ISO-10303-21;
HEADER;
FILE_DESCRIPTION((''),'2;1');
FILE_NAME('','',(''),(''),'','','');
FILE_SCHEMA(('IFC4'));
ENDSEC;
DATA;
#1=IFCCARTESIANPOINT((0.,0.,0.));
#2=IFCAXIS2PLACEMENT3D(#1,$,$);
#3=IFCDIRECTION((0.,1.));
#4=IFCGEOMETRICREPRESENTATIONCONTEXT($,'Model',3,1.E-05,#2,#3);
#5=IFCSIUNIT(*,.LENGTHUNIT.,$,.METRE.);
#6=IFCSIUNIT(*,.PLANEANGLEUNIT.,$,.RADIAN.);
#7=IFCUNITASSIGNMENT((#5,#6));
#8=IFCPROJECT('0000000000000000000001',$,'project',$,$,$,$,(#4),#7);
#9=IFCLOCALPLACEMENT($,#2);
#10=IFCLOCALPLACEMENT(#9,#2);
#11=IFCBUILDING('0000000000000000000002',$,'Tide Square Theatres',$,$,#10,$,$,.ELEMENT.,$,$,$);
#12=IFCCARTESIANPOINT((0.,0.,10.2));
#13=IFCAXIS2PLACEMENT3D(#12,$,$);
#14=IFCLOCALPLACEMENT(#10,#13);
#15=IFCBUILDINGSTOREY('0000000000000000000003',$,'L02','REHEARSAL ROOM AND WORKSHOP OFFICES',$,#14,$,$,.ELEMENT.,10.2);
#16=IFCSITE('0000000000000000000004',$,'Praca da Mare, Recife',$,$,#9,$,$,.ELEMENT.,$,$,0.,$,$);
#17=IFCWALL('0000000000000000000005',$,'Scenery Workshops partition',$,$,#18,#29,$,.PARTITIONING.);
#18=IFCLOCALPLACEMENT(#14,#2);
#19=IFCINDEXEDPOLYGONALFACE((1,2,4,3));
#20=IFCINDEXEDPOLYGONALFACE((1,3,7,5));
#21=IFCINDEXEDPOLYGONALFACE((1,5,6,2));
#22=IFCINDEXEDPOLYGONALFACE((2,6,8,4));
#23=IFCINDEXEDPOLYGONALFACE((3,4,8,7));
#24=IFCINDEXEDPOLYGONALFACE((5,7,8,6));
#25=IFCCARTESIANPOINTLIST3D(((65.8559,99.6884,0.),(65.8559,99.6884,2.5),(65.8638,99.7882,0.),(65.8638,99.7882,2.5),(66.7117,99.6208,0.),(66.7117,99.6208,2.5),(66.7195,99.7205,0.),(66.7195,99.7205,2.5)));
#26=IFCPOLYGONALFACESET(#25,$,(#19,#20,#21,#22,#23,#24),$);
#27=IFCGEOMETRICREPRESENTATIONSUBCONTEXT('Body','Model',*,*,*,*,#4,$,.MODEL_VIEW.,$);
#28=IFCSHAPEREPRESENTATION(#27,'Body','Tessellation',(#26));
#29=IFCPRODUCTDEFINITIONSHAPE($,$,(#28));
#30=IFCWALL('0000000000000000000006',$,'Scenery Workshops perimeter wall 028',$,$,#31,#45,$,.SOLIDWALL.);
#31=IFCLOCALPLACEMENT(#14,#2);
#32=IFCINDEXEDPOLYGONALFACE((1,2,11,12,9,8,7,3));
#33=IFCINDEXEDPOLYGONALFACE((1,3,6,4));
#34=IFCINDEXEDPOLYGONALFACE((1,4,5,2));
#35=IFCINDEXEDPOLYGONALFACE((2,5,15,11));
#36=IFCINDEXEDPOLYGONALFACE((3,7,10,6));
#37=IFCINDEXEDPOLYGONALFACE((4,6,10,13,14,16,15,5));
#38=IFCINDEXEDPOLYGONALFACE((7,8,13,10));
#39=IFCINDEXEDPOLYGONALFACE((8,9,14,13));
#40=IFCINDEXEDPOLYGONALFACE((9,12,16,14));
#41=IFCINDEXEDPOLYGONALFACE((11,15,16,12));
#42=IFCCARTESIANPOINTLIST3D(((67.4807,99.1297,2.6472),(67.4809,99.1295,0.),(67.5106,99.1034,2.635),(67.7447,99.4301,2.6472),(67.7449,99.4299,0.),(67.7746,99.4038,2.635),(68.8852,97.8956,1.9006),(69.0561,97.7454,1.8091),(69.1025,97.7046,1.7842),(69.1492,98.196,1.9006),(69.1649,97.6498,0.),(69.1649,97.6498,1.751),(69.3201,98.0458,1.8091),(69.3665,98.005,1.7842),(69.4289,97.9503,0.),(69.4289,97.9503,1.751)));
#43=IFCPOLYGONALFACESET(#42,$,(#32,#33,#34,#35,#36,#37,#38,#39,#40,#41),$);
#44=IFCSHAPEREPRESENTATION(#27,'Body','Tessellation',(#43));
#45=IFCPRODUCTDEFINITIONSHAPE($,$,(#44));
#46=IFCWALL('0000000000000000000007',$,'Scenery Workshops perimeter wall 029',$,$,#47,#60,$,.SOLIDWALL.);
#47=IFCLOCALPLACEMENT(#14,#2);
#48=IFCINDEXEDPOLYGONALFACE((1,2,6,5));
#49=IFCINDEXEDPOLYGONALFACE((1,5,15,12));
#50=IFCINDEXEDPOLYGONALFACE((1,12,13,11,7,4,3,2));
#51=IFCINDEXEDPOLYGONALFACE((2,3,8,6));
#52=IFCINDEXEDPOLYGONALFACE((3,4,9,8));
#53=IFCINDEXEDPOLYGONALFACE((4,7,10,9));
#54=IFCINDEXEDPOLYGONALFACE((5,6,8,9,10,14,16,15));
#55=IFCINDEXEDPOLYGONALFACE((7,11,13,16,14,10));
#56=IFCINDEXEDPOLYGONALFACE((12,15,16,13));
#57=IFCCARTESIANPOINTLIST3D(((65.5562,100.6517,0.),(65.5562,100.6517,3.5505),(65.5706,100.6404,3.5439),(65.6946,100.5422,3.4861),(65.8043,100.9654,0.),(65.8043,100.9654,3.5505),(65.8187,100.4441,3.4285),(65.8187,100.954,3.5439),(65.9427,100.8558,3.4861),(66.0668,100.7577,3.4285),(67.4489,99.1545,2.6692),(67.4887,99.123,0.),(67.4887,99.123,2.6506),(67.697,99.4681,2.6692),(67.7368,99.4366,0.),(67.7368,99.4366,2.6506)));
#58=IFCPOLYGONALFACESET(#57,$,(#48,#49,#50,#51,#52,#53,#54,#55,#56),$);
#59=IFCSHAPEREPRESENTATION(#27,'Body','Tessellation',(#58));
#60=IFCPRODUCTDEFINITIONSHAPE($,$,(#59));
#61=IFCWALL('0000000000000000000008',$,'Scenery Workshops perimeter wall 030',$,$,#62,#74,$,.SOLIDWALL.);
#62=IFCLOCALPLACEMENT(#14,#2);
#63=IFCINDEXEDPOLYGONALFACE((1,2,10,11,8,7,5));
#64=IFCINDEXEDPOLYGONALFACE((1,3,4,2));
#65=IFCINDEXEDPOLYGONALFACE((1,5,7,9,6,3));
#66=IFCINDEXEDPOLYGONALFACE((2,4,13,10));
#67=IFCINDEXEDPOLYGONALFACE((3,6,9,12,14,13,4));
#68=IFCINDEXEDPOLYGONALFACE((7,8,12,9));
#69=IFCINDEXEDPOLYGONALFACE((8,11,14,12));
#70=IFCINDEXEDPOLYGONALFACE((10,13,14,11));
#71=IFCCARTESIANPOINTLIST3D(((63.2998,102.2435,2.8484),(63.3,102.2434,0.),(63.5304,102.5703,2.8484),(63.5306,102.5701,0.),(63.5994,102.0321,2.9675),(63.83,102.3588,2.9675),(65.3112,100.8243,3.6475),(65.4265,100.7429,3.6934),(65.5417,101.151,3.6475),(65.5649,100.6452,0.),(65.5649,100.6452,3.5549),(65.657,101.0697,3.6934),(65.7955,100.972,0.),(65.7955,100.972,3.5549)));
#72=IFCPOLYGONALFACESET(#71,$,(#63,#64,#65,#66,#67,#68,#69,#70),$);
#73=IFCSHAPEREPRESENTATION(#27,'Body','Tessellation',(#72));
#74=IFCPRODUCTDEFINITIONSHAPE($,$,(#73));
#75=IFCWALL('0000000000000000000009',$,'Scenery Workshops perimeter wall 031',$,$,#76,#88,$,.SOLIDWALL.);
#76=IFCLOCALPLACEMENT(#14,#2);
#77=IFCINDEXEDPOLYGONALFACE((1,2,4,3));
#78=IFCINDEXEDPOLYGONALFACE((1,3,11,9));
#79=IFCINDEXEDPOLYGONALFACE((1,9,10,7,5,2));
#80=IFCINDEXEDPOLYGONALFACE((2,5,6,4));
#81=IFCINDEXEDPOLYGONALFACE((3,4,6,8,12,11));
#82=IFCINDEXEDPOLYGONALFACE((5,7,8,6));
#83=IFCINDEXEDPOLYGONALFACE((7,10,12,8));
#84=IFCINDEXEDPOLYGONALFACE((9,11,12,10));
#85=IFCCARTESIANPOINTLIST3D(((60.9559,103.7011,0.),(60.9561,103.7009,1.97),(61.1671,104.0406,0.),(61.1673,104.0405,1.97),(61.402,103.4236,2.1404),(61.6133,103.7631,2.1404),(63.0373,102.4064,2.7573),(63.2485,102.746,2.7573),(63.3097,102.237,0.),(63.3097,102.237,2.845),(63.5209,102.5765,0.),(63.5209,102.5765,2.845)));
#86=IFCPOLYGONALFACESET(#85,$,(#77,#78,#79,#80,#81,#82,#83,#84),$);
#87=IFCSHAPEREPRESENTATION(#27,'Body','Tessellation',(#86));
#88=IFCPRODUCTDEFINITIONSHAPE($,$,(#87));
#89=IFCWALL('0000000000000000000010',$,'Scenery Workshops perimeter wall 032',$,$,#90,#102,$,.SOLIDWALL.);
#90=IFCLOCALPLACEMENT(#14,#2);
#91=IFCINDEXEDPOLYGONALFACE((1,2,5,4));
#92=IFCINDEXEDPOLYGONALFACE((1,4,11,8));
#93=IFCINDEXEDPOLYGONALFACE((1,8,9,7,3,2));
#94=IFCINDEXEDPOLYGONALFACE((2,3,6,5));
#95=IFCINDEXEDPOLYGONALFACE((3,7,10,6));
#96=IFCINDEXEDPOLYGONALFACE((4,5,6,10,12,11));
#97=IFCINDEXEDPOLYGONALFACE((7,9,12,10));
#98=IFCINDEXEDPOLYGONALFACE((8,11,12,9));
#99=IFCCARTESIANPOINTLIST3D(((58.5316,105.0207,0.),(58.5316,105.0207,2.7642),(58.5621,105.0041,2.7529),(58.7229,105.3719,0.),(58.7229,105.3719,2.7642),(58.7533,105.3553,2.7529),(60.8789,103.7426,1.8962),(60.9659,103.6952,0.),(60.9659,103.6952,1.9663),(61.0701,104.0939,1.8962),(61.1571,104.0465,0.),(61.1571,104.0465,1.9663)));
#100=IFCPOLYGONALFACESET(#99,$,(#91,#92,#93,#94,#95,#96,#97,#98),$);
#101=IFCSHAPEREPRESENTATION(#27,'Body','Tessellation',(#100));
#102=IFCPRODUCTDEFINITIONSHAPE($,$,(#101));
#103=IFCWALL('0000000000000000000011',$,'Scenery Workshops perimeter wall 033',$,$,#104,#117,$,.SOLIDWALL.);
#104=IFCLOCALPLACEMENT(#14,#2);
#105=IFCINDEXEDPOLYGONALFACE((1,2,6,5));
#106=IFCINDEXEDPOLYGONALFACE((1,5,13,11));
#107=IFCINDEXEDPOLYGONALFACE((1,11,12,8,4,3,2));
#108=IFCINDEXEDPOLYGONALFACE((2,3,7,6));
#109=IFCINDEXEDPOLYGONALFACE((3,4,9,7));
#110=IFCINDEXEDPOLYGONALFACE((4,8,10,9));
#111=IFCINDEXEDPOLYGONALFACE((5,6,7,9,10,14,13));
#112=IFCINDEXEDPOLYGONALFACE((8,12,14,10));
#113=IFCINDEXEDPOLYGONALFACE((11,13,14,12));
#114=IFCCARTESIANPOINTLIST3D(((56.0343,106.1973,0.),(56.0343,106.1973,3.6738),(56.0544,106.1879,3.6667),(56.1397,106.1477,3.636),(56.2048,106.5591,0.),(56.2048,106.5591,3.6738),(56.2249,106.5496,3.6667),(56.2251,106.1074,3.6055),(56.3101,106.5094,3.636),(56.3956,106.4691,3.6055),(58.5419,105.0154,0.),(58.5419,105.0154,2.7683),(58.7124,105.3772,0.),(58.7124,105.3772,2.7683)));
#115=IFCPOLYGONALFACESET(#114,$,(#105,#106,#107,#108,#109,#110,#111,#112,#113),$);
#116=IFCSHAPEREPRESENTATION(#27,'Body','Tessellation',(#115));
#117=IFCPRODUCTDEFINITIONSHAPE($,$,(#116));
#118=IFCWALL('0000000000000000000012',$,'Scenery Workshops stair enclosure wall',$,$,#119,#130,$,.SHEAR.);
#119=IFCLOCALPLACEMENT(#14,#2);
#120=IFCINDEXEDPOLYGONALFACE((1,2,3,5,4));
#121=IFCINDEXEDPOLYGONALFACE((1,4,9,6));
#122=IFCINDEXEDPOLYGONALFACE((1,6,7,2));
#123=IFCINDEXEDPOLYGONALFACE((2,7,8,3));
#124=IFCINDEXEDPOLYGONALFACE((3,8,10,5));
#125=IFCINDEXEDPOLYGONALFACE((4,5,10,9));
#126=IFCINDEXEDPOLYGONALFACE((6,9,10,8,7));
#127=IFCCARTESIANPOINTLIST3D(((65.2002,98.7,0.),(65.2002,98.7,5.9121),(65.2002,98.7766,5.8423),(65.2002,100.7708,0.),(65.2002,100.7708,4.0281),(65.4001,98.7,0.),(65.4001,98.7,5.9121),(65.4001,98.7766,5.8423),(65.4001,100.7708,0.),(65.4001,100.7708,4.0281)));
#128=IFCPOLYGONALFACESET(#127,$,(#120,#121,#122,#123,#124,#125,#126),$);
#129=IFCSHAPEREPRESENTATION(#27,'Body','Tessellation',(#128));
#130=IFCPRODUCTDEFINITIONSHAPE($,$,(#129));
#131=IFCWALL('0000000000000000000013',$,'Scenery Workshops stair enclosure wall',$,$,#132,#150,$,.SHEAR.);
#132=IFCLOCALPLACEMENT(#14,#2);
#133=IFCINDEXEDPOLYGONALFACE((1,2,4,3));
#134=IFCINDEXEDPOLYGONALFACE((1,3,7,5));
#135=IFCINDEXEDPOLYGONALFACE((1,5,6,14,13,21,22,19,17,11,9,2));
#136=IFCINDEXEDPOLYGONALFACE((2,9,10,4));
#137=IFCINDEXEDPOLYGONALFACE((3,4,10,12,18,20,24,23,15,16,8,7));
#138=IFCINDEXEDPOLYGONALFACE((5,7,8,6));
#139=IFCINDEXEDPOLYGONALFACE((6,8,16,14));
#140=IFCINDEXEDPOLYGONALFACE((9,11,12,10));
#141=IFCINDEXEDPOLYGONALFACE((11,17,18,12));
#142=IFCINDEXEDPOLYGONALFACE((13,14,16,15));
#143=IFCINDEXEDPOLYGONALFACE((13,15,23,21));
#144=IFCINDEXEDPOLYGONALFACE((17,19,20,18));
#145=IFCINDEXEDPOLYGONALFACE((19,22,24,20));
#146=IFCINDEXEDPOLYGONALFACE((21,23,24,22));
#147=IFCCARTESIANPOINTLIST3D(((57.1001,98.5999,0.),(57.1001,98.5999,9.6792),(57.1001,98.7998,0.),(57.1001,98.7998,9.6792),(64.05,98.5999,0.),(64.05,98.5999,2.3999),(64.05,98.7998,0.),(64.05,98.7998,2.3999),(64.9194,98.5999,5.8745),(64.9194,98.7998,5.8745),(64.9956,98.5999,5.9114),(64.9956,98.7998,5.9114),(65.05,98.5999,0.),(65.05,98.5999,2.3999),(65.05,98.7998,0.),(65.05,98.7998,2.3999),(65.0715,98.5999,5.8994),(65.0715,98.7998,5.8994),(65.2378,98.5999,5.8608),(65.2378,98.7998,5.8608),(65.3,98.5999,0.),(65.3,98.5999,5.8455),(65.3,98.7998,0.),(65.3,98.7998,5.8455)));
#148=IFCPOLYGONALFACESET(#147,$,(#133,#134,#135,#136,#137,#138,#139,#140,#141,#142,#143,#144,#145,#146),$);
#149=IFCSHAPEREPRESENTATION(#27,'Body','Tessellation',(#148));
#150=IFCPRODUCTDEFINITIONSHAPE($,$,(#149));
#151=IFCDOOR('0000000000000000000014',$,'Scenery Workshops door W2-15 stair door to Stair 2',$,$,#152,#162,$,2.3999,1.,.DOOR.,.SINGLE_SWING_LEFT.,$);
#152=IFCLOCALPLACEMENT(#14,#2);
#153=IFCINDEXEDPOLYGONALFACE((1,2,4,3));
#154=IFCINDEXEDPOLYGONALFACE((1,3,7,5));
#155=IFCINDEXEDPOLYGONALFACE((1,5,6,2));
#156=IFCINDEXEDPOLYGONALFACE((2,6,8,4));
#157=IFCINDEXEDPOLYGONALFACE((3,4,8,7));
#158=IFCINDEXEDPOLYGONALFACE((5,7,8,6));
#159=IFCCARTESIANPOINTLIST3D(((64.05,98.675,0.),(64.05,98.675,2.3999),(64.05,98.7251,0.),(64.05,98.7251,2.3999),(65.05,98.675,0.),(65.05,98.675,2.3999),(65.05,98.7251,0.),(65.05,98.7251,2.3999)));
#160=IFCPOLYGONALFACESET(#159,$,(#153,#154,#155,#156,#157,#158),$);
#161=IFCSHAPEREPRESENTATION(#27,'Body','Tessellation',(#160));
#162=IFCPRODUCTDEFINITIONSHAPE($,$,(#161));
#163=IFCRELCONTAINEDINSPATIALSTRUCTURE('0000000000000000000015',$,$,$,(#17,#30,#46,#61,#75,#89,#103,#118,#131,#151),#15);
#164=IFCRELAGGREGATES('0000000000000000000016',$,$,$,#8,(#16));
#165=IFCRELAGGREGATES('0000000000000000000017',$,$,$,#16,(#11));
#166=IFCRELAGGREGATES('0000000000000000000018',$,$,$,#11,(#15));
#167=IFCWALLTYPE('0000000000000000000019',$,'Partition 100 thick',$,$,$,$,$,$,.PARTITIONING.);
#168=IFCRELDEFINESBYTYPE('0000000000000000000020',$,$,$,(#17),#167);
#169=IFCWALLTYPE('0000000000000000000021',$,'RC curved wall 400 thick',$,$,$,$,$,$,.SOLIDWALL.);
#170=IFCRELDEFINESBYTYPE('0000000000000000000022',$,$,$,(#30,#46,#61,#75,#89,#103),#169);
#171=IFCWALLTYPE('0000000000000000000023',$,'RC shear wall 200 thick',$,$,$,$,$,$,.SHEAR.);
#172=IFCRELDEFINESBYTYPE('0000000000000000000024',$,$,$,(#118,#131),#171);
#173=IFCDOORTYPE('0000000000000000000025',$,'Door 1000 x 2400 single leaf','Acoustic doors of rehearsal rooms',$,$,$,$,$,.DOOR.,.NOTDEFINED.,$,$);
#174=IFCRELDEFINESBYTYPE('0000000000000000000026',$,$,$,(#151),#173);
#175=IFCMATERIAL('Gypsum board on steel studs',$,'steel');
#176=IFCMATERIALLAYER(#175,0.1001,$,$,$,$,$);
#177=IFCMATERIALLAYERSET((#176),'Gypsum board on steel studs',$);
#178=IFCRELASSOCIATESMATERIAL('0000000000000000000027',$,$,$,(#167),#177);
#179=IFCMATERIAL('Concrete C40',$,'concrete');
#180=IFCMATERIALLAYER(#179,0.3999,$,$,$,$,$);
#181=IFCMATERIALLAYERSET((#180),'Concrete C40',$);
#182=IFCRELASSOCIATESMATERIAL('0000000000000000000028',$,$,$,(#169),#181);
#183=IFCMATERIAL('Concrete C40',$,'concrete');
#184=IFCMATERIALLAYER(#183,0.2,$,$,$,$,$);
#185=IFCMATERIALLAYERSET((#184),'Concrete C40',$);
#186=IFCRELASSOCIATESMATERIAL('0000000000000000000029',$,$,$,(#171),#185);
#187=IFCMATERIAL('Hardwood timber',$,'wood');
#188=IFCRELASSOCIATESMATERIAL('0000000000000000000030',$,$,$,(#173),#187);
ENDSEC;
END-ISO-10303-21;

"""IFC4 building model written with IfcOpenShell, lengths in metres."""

from ifc_helpers import new_model, si_unit, direction, frame, frame_2d, origin, place, context, subcontext, project, spatial, polyline, rectangle, outline, extrude, material, layer, layer_set, type_object, element, fill, save


model = new_model("IFC4")

# Units and contexts
model_context = context("Model", 3, precision=1e-05, world=origin(), true_north=direction((0.0, 1.0)))
body_context = subcontext(model_context, "Body", "Model", "MODEL_VIEW")
ifc_project = project(units=[si_unit("LENGTHUNIT", "METRE"), si_unit("PLANEANGLEUNIT", "RADIAN")], contexts=[model_context])

# Site, building, storey
site_placement = place(None, origin())
site = spatial("IfcSite", under=ifc_project, at=site_placement, Name="Praca da Mare, Recife", CompositionType="ELEMENT", RefElevation=0.0)
building_placement = place(site_placement, origin())
building = spatial("IfcBuilding", under=site, at=building_placement, Name="Tide Square Theatres", CompositionType="ELEMENT")
storey_placement = place(building_placement, frame((0.0, 0.0, 10.2)))
storey = spatial("IfcBuildingStorey", under=building, at=storey_placement, Name="L02", Description="REHEARSAL ROOM AND WORKSHOP OFFICES", CompositionType="ELEMENT", Elevation=10.2)

# Shared definitions
ifc_material_1 = material(Name="Gypsum board on steel studs", Category="steel")
ifc_layer_1 = layer(ifc_material_1, 0.1001)
ifc_layer_set_1 = layer_set([ifc_layer_1], Name="Gypsum board on steel studs")
wall_type_1 = type_object("IfcWallType", Name="Partition 100 thick", PredefinedType="PARTITIONING", material=ifc_layer_set_1)

# Walls
wall_1_placement = place(storey_placement, frame((65.8599, 99.7383, 0.0), z_axis=(0.0, 0.0, 1.0), x_axis=(0.996892, -0.078784, 0.0)))
element("IfcWall", 1, at=wall_1_placement, inside=storey, type_object=wall_type_1, Name="Scenery Workshops partition", PredefinedType="PARTITIONING", context=body_context, shape_type="SweptSolid", body=[
    extrude(rectangle(XDim=0.8584, YDim=0.1001, at=frame_2d((0.4292, 0.0))), origin(), (0.0, 0.0, 1.0), 2.5),
])
ifc_material_2 = material(Name="Concrete C40", Category="concrete")
ifc_layer_2 = layer(ifc_material_2, 0.3999)
ifc_layer_set_2 = layer_set([ifc_layer_2], Name="Concrete C40")
wall_type_2 = type_object("IfcWallType", Name="RC curved wall 400 thick", PredefinedType="SOLIDWALL", material=ifc_layer_set_2)
wall_2_placement = place(storey_placement, frame((69.2969, 97.8, 0.0), z_axis=(0.0, 0.0, 1.0), x_axis=(-0.751212, 0.660061, 0.0)))
element("IfcWall", 2, at=wall_2_placement, inside=storey, type_object=wall_type_2, Name="Scenery Workshops perimeter wall 028", PredefinedType="SOLIDWALL", context=body_context, shape_type="SweptSolid", body=[
    extrude(outline(polyline([(0.0, 0.0), (2.2417, 0.0), (2.2419, 2.6472), (2.2021, 2.635), (0.3723, 1.9006), (0.1448, 1.8091), (0.083, 1.7842), (0.0, 1.751), (0.0, 0.0)])), frame((0.0, 0.2, 0.0), z_axis=(0.0, -1.0, 0.0), x_axis=(1.0, 0.0, 0.0)), (0.0, 0.0, 1.0), 0.3999),
])
wall_3_placement = place(storey_placement, frame((67.6128, 99.2798, 0.0), z_axis=(0.0, 0.0, 1.0), x_axis=(-0.784279, 0.620409, 0.0)))
element("IfcWall", 3, at=wall_3_placement, inside=storey, type_object=wall_type_2, Name="Scenery Workshops perimeter wall 029", PredefinedType="SOLIDWALL", context=body_context, shape_type="SweptSolid", body=[
    extrude(outline(polyline([(0.0, 0.0), (2.4641, 0.0), (2.4641, 3.5505), (2.4458, 3.5439), (2.2876, 3.4861), (2.1294, 3.4285), (0.0508, 2.6692), (0.0, 2.6506), (0.0, 0.0)])), frame((0.0, 0.2, 0.0), z_axis=(0.0, -1.0, 0.0), x_axis=(1.0, 0.0, 0.0)), (0.0, 0.0, 1.0), 0.3999),
])
wall_4_placement = place(storey_placement, frame((65.6802, 100.8086, 0.0), z_axis=(0.0, 0.0, 1.0), x_axis=(-0.81707, 0.576538, 0.0)))
element("IfcWall", 4, at=wall_4_placement, inside=storey, type_object=wall_type_2, Name="Scenery Workshops perimeter wall 030", PredefinedType="SOLIDWALL", context=body_context, shape_type="SweptSolid", body=[
    extrude(outline(polyline([(0.0, 0.0), (2.772, 0.0), (2.7722, 2.8484), (2.4055, 2.9675), (0.3105, 3.6475), (0.1694, 3.6934), (0.0, 3.5549), (0.0, 0.0)])), frame((0.0, 0.2, 0.0), z_axis=(0.0, -1.0, 0.0), x_axis=(1.0, 0.0, 0.0)), (0.0, 0.0, 1.0), 0.3999),
])
wall_5_placement = place(storey_placement, frame((63.4153, 102.4067, 0.0), z_axis=(0.0, 0.0, 1.0), x_axis=(-0.849129, 0.528185, 0.0)))
element("IfcWall", 5, at=wall_5_placement, inside=storey, type_object=wall_type_2, Name="Scenery Workshops perimeter wall 031", PredefinedType="SOLIDWALL", context=body_context, shape_type="SweptSolid", body=[
    extrude(outline(polyline([(0.0, 0.0), (2.772, 0.0), (2.7717, 1.97), (2.2466, 2.1404), (0.3208, 2.7573), (0.0, 2.845), (0.0, 0.0)])), frame((0.0, 0.2, 0.0), z_axis=(0.0, -1.0, 0.0), x_axis=(1.0, 0.0, 0.0)), (0.0, 0.0, 1.0), 0.3999),
])
wall_6_placement = place(storey_placement, frame((61.0615, 103.8708, 0.0), z_axis=(0.0, 0.0, 1.0), x_axis=(-0.878256, 0.478192, 0.0)))
element("IfcWall", 6, at=wall_6_placement, inside=storey, type_object=wall_type_2, Name="Scenery Workshops perimeter wall 032", PredefinedType="SOLIDWALL", context=body_context, shape_type="SweptSolid", body=[
    extrude(outline(polyline([(0.0, 0.0), (2.7717, 0.0), (2.7717, 2.7642), (2.7371, 2.7529), (0.0991, 1.8962), (0.0, 1.9663), (0.0, 0.0)])), frame((0.0, 0.2, 0.0), z_axis=(0.0, -1.0, 0.0), x_axis=(1.0, 0.0, 0.0)), (0.0, 0.0, 1.0), 0.3999),
])
wall_7_placement = place(storey_placement, frame((58.6272, 105.1963, 0.0), z_axis=(0.0, 0.0, 1.0), x_axis=(-0.904561, 0.426344, 0.0)))
element("IfcWall", 7, at=wall_7_placement, inside=storey, type_object=wall_type_2, Name="Scenery Workshops perimeter wall 033", PredefinedType="SOLIDWALL", context=body_context, shape_type="SweptSolid", body=[
    extrude(outline(polyline([(0.0, 0.0), (2.7722, 0.0), (2.7722, 3.6738), (2.75, 3.6667), (2.6558, 3.636), (2.5613, 3.6055), (0.0, 2.7683), (0.0, 0.0)])), frame((0.0, 0.2, 0.0), z_axis=(0.0, -1.0, 0.0), x_axis=(1.0, 0.0, 0.0)), (0.0, 0.0, 1.0), 0.3999),
])
ifc_material_3 = material(Name="Concrete C40", Category="concrete")
ifc_layer_3 = layer(ifc_material_3, 0.2)
ifc_layer_set_3 = layer_set([ifc_layer_3], Name="Concrete C40")
wall_type_3 = type_object("IfcWallType", Name="RC shear wall 200 thick", PredefinedType="SHEAR", material=ifc_layer_set_3)
wall_8_placement = place(storey_placement, frame((65.3, 100.7708, 0.0), z_axis=(0.0, 0.0, 1.0), x_axis=(0.0, -1.0, 0.0)))
element("IfcWall", 8, at=wall_8_placement, inside=storey, type_object=wall_type_3, Name="Scenery Workshops stair enclosure wall", PredefinedType="SHEAR", context=body_context, shape_type="SweptSolid", body=[
    extrude(outline(polyline([(0.0, 0.0), (2.0708, 0.0), (2.0708, 5.9121), (1.9941, 5.8423), (0.0, 4.0281), (0.0, 0.0)])), frame((0.0, 0.1001, 0.0), z_axis=(0.0, -1.0, 0.0), x_axis=(1.0, 0.0, 0.0)), (0.0, 0.0, 1.0), 0.2),
])

# Wall, opening, door
wall_9_placement = place(storey_placement, frame((65.3, 98.7, 0.0), z_axis=(0.0, 0.0, 1.0), x_axis=(-1.0, 0.0, 0.0)))
wall_9 = element("IfcWall", 9, at=wall_9_placement, inside=storey, type_object=wall_type_3, Name="Scenery Workshops stair enclosure wall", PredefinedType="SHEAR", context=body_context, shape_type="SweptSolid", body=[
    extrude(outline(polyline([(0.0, 0.0), (8.2, 0.0), (8.2, 9.6792), (0.3806, 5.8745), (0.3044, 5.9114), (0.2285, 5.8994), (0.0623, 5.8608), (0.0, 5.8455), (0.0, 0.0)])), frame((0.0, 0.1001, 0.0), z_axis=(0.0, -1.0, 0.0), x_axis=(1.0, 0.0, 0.0)), (0.0, 0.0, 1.0), 0.2),
])
opening_1_placement = place(wall_9_placement, frame((0.25, 0.0, 0.0)))
opening_1 = element("IfcOpeningElement", 10, at=opening_1_placement, cuts=wall_9, PredefinedType="OPENING", context=body_context, shape_type="SweptSolid", body=[
    extrude(rectangle(XDim=1.0, YDim=2.3999, at=frame_2d((0.5, 1.2))), frame((0.0, 0.1099, 0.0), z_axis=(0.0, -1.0, 0.0), x_axis=(1.0, 0.0, 0.0)), (0.0, 0.0, 1.0), 0.22),
])
ifc_material_4 = material(Name="Hardwood timber", Category="wood")
door_type_1 = type_object("IfcDoorType", Name="Door 1000 x 2400 single leaf", Description="Acoustic doors of rehearsal rooms", OperationType="NOTDEFINED", PredefinedType="DOOR", material=ifc_material_4)
door_1_placement = place(opening_1_placement, origin())
door_1 = element("IfcDoor", 11, at=door_1_placement, inside=storey, type_object=door_type_1, Name="Scenery Workshops door W2-15 stair door to Stair 2", OperationType="SINGLE_SWING_LEFT", OverallHeight=2.3999, OverallWidth=1.0, PredefinedType="DOOR", context=body_context, shape_type="SweptSolid", body=[
    extrude(rectangle(XDim=1.0, YDim=2.3999, at=frame_2d((0.5, 1.2))), frame((0.0, 0.0249, 0.0), z_axis=(0.0, -1.0, 0.0), x_axis=(1.0, 0.0, 0.0)), (0.0, 0.0, 1.0), 0.05),
])
fill(opening_1, door_1)

save(model, "model.ifc")
